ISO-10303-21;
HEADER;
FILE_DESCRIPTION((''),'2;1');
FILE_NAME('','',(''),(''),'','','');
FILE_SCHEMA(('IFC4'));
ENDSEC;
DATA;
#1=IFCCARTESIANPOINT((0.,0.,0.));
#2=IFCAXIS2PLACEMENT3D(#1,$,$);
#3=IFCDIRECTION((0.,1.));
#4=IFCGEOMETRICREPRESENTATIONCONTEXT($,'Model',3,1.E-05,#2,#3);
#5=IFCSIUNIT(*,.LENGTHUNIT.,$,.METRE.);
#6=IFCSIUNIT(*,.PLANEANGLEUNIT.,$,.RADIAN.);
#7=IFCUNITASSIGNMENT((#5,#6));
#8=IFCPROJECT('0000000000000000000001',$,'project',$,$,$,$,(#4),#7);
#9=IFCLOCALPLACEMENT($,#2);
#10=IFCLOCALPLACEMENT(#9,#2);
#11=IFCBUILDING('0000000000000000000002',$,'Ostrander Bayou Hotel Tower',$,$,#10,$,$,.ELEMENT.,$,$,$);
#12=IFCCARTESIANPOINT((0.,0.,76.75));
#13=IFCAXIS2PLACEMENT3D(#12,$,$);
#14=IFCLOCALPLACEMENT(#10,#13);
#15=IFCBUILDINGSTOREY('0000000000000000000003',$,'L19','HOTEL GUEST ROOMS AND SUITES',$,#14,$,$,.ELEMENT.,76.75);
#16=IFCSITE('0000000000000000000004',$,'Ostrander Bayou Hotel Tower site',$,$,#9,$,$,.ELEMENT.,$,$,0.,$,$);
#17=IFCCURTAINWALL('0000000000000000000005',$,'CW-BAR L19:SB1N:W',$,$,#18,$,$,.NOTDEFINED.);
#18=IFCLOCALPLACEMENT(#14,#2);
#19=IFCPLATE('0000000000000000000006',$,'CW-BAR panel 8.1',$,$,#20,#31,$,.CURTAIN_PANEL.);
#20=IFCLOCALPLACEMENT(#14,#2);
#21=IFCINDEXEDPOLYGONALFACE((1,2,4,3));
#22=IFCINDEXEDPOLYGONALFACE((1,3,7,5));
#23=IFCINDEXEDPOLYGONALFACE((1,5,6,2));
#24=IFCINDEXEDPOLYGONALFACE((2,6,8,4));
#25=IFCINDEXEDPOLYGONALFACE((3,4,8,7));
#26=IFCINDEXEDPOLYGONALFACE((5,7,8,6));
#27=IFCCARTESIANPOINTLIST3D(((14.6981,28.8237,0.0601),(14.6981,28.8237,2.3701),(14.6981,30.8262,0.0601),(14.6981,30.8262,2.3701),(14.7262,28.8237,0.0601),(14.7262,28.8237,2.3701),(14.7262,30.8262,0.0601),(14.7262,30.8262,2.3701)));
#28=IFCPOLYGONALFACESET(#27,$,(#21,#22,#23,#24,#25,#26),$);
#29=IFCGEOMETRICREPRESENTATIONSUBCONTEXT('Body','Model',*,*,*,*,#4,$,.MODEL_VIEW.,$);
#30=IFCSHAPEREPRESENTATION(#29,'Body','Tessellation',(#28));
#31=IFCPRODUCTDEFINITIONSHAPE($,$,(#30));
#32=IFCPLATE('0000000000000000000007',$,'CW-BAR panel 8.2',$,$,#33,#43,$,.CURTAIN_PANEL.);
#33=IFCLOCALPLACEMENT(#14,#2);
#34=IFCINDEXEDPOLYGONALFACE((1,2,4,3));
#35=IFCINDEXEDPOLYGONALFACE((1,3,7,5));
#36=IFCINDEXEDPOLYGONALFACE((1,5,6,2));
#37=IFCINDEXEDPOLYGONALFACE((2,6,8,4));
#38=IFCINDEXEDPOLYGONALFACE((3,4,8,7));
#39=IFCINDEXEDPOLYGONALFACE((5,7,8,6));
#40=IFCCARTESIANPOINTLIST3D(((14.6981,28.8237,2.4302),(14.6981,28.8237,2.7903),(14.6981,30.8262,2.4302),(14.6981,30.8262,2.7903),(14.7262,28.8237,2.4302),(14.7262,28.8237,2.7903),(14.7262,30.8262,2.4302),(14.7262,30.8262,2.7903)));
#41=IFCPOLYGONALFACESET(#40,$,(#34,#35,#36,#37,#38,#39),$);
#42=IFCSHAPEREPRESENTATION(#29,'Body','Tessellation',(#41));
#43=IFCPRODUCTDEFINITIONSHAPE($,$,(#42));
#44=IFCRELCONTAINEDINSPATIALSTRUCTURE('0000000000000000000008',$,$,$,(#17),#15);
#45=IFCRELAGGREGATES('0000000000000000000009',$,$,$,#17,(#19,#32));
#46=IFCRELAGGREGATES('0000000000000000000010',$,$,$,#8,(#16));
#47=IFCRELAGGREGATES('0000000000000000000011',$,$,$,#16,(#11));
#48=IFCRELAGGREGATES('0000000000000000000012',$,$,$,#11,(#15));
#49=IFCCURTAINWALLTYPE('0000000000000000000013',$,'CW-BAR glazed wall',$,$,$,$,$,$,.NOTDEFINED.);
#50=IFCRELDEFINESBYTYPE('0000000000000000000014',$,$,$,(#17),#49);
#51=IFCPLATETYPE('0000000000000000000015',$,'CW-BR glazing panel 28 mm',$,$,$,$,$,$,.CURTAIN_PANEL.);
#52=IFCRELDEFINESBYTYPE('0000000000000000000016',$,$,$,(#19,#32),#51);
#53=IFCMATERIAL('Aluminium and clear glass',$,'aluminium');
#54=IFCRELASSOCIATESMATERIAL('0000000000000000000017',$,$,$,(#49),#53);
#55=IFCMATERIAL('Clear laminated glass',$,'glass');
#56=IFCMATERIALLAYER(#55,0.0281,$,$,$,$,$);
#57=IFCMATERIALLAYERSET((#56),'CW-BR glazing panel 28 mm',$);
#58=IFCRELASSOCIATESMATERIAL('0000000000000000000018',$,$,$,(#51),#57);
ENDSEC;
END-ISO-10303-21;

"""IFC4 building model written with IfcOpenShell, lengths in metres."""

from ifc_helpers import new_model, si_unit, direction, frame, origin, origin_2d, place, context, subcontext, project, spatial, rectangle, extrude, material, layer, layer_set, type_object, element, aggregate, save


model = new_model("IFC4")

# Units and contexts
model_context = context("Model", 3, precision=1e-05, world=origin(), true_north=direction((0.0, 1.0)))
body_context = subcontext(model_context, "Body", "Model", "MODEL_VIEW")
ifc_project = project(units=[si_unit("LENGTHUNIT", "METRE"), si_unit("PLANEANGLEUNIT", "RADIAN")], contexts=[model_context])

# Site, building, storey
site_placement = place(None, origin())
site = spatial("IfcSite", under=ifc_project, at=site_placement, Name="Ostrander Bayou Hotel Tower site", CompositionType="ELEMENT", RefElevation=0.0)
building_placement = place(site_placement, origin())
building = spatial("IfcBuilding", under=site, at=building_placement, Name="Ostrander Bayou Hotel Tower", CompositionType="ELEMENT")
storey_placement = place(building_placement, frame((0.0, 0.0, 76.75)))
storey = spatial("IfcBuildingStorey", under=building, at=storey_placement, Name="L19", Description="HOTEL GUEST ROOMS AND SUITES", CompositionType="ELEMENT", Elevation=76.75)

# Curtain wall
ifc_material_1 = material(Name="Aluminium and clear glass", Category="aluminium")
curtain_wall_type = type_object("IfcCurtainWallType", Name="CW-BAR glazed wall", PredefinedType="NOTDEFINED", material=ifc_material_1)
curtain_wall_1_placement = place(storey_placement, origin())
curtain_wall_1 = element("IfcCurtainWall", 1, at=curtain_wall_1_placement, inside=storey, type_object=curtain_wall_type, Name="CW-BAR L19:SB1N:W", PredefinedType="NOTDEFINED")

# Plates
ifc_material_2 = material(Name="Clear laminated glass", Category="glass")
ifc_layer = layer(ifc_material_2, 0.0281)
ifc_layer_set = layer_set([ifc_layer], Name="CW-BR glazing panel 28 mm")
plate_type = type_object("IfcPlateType", Name="CW-BR glazing panel 28 mm", PredefinedType="CURTAIN_PANEL", material=ifc_layer_set)
plate_1_placement = place(storey_placement, frame((14.7122, 29.825, 0.0601), z_axis=(0.0, 0.0, 1.0), x_axis=(0.0, 1.0, 0.0)))
plate_1 = element("IfcPlate", 2, at=plate_1_placement, type_object=plate_type, Name="CW-BAR panel 8.1", PredefinedType="CURTAIN_PANEL", context=body_context, shape_type="SweptSolid", body=[
    extrude(rectangle(XDim=2.0024, YDim=0.0281, at=origin_2d()), origin(), (0.0, 0.0, 1.0), 2.3101),
])
plate_2_placement = place(storey_placement, frame((14.7122, 29.825, 2.4302), z_axis=(0.0, 0.0, 1.0), x_axis=(0.0, 1.0, 0.0)))
plate_2 = element("IfcPlate", 3, at=plate_2_placement, type_object=plate_type, Name="CW-BAR panel 8.2", PredefinedType="CURTAIN_PANEL", context=body_context, shape_type="SweptSolid", body=[
    extrude(rectangle(XDim=2.0024, YDim=0.0281, at=origin_2d()), origin(), (0.0, 0.0, 1.0), 0.3601),
])
aggregate(curtain_wall_1, [plate_1, plate_2])

save(model, "model.ifc")
